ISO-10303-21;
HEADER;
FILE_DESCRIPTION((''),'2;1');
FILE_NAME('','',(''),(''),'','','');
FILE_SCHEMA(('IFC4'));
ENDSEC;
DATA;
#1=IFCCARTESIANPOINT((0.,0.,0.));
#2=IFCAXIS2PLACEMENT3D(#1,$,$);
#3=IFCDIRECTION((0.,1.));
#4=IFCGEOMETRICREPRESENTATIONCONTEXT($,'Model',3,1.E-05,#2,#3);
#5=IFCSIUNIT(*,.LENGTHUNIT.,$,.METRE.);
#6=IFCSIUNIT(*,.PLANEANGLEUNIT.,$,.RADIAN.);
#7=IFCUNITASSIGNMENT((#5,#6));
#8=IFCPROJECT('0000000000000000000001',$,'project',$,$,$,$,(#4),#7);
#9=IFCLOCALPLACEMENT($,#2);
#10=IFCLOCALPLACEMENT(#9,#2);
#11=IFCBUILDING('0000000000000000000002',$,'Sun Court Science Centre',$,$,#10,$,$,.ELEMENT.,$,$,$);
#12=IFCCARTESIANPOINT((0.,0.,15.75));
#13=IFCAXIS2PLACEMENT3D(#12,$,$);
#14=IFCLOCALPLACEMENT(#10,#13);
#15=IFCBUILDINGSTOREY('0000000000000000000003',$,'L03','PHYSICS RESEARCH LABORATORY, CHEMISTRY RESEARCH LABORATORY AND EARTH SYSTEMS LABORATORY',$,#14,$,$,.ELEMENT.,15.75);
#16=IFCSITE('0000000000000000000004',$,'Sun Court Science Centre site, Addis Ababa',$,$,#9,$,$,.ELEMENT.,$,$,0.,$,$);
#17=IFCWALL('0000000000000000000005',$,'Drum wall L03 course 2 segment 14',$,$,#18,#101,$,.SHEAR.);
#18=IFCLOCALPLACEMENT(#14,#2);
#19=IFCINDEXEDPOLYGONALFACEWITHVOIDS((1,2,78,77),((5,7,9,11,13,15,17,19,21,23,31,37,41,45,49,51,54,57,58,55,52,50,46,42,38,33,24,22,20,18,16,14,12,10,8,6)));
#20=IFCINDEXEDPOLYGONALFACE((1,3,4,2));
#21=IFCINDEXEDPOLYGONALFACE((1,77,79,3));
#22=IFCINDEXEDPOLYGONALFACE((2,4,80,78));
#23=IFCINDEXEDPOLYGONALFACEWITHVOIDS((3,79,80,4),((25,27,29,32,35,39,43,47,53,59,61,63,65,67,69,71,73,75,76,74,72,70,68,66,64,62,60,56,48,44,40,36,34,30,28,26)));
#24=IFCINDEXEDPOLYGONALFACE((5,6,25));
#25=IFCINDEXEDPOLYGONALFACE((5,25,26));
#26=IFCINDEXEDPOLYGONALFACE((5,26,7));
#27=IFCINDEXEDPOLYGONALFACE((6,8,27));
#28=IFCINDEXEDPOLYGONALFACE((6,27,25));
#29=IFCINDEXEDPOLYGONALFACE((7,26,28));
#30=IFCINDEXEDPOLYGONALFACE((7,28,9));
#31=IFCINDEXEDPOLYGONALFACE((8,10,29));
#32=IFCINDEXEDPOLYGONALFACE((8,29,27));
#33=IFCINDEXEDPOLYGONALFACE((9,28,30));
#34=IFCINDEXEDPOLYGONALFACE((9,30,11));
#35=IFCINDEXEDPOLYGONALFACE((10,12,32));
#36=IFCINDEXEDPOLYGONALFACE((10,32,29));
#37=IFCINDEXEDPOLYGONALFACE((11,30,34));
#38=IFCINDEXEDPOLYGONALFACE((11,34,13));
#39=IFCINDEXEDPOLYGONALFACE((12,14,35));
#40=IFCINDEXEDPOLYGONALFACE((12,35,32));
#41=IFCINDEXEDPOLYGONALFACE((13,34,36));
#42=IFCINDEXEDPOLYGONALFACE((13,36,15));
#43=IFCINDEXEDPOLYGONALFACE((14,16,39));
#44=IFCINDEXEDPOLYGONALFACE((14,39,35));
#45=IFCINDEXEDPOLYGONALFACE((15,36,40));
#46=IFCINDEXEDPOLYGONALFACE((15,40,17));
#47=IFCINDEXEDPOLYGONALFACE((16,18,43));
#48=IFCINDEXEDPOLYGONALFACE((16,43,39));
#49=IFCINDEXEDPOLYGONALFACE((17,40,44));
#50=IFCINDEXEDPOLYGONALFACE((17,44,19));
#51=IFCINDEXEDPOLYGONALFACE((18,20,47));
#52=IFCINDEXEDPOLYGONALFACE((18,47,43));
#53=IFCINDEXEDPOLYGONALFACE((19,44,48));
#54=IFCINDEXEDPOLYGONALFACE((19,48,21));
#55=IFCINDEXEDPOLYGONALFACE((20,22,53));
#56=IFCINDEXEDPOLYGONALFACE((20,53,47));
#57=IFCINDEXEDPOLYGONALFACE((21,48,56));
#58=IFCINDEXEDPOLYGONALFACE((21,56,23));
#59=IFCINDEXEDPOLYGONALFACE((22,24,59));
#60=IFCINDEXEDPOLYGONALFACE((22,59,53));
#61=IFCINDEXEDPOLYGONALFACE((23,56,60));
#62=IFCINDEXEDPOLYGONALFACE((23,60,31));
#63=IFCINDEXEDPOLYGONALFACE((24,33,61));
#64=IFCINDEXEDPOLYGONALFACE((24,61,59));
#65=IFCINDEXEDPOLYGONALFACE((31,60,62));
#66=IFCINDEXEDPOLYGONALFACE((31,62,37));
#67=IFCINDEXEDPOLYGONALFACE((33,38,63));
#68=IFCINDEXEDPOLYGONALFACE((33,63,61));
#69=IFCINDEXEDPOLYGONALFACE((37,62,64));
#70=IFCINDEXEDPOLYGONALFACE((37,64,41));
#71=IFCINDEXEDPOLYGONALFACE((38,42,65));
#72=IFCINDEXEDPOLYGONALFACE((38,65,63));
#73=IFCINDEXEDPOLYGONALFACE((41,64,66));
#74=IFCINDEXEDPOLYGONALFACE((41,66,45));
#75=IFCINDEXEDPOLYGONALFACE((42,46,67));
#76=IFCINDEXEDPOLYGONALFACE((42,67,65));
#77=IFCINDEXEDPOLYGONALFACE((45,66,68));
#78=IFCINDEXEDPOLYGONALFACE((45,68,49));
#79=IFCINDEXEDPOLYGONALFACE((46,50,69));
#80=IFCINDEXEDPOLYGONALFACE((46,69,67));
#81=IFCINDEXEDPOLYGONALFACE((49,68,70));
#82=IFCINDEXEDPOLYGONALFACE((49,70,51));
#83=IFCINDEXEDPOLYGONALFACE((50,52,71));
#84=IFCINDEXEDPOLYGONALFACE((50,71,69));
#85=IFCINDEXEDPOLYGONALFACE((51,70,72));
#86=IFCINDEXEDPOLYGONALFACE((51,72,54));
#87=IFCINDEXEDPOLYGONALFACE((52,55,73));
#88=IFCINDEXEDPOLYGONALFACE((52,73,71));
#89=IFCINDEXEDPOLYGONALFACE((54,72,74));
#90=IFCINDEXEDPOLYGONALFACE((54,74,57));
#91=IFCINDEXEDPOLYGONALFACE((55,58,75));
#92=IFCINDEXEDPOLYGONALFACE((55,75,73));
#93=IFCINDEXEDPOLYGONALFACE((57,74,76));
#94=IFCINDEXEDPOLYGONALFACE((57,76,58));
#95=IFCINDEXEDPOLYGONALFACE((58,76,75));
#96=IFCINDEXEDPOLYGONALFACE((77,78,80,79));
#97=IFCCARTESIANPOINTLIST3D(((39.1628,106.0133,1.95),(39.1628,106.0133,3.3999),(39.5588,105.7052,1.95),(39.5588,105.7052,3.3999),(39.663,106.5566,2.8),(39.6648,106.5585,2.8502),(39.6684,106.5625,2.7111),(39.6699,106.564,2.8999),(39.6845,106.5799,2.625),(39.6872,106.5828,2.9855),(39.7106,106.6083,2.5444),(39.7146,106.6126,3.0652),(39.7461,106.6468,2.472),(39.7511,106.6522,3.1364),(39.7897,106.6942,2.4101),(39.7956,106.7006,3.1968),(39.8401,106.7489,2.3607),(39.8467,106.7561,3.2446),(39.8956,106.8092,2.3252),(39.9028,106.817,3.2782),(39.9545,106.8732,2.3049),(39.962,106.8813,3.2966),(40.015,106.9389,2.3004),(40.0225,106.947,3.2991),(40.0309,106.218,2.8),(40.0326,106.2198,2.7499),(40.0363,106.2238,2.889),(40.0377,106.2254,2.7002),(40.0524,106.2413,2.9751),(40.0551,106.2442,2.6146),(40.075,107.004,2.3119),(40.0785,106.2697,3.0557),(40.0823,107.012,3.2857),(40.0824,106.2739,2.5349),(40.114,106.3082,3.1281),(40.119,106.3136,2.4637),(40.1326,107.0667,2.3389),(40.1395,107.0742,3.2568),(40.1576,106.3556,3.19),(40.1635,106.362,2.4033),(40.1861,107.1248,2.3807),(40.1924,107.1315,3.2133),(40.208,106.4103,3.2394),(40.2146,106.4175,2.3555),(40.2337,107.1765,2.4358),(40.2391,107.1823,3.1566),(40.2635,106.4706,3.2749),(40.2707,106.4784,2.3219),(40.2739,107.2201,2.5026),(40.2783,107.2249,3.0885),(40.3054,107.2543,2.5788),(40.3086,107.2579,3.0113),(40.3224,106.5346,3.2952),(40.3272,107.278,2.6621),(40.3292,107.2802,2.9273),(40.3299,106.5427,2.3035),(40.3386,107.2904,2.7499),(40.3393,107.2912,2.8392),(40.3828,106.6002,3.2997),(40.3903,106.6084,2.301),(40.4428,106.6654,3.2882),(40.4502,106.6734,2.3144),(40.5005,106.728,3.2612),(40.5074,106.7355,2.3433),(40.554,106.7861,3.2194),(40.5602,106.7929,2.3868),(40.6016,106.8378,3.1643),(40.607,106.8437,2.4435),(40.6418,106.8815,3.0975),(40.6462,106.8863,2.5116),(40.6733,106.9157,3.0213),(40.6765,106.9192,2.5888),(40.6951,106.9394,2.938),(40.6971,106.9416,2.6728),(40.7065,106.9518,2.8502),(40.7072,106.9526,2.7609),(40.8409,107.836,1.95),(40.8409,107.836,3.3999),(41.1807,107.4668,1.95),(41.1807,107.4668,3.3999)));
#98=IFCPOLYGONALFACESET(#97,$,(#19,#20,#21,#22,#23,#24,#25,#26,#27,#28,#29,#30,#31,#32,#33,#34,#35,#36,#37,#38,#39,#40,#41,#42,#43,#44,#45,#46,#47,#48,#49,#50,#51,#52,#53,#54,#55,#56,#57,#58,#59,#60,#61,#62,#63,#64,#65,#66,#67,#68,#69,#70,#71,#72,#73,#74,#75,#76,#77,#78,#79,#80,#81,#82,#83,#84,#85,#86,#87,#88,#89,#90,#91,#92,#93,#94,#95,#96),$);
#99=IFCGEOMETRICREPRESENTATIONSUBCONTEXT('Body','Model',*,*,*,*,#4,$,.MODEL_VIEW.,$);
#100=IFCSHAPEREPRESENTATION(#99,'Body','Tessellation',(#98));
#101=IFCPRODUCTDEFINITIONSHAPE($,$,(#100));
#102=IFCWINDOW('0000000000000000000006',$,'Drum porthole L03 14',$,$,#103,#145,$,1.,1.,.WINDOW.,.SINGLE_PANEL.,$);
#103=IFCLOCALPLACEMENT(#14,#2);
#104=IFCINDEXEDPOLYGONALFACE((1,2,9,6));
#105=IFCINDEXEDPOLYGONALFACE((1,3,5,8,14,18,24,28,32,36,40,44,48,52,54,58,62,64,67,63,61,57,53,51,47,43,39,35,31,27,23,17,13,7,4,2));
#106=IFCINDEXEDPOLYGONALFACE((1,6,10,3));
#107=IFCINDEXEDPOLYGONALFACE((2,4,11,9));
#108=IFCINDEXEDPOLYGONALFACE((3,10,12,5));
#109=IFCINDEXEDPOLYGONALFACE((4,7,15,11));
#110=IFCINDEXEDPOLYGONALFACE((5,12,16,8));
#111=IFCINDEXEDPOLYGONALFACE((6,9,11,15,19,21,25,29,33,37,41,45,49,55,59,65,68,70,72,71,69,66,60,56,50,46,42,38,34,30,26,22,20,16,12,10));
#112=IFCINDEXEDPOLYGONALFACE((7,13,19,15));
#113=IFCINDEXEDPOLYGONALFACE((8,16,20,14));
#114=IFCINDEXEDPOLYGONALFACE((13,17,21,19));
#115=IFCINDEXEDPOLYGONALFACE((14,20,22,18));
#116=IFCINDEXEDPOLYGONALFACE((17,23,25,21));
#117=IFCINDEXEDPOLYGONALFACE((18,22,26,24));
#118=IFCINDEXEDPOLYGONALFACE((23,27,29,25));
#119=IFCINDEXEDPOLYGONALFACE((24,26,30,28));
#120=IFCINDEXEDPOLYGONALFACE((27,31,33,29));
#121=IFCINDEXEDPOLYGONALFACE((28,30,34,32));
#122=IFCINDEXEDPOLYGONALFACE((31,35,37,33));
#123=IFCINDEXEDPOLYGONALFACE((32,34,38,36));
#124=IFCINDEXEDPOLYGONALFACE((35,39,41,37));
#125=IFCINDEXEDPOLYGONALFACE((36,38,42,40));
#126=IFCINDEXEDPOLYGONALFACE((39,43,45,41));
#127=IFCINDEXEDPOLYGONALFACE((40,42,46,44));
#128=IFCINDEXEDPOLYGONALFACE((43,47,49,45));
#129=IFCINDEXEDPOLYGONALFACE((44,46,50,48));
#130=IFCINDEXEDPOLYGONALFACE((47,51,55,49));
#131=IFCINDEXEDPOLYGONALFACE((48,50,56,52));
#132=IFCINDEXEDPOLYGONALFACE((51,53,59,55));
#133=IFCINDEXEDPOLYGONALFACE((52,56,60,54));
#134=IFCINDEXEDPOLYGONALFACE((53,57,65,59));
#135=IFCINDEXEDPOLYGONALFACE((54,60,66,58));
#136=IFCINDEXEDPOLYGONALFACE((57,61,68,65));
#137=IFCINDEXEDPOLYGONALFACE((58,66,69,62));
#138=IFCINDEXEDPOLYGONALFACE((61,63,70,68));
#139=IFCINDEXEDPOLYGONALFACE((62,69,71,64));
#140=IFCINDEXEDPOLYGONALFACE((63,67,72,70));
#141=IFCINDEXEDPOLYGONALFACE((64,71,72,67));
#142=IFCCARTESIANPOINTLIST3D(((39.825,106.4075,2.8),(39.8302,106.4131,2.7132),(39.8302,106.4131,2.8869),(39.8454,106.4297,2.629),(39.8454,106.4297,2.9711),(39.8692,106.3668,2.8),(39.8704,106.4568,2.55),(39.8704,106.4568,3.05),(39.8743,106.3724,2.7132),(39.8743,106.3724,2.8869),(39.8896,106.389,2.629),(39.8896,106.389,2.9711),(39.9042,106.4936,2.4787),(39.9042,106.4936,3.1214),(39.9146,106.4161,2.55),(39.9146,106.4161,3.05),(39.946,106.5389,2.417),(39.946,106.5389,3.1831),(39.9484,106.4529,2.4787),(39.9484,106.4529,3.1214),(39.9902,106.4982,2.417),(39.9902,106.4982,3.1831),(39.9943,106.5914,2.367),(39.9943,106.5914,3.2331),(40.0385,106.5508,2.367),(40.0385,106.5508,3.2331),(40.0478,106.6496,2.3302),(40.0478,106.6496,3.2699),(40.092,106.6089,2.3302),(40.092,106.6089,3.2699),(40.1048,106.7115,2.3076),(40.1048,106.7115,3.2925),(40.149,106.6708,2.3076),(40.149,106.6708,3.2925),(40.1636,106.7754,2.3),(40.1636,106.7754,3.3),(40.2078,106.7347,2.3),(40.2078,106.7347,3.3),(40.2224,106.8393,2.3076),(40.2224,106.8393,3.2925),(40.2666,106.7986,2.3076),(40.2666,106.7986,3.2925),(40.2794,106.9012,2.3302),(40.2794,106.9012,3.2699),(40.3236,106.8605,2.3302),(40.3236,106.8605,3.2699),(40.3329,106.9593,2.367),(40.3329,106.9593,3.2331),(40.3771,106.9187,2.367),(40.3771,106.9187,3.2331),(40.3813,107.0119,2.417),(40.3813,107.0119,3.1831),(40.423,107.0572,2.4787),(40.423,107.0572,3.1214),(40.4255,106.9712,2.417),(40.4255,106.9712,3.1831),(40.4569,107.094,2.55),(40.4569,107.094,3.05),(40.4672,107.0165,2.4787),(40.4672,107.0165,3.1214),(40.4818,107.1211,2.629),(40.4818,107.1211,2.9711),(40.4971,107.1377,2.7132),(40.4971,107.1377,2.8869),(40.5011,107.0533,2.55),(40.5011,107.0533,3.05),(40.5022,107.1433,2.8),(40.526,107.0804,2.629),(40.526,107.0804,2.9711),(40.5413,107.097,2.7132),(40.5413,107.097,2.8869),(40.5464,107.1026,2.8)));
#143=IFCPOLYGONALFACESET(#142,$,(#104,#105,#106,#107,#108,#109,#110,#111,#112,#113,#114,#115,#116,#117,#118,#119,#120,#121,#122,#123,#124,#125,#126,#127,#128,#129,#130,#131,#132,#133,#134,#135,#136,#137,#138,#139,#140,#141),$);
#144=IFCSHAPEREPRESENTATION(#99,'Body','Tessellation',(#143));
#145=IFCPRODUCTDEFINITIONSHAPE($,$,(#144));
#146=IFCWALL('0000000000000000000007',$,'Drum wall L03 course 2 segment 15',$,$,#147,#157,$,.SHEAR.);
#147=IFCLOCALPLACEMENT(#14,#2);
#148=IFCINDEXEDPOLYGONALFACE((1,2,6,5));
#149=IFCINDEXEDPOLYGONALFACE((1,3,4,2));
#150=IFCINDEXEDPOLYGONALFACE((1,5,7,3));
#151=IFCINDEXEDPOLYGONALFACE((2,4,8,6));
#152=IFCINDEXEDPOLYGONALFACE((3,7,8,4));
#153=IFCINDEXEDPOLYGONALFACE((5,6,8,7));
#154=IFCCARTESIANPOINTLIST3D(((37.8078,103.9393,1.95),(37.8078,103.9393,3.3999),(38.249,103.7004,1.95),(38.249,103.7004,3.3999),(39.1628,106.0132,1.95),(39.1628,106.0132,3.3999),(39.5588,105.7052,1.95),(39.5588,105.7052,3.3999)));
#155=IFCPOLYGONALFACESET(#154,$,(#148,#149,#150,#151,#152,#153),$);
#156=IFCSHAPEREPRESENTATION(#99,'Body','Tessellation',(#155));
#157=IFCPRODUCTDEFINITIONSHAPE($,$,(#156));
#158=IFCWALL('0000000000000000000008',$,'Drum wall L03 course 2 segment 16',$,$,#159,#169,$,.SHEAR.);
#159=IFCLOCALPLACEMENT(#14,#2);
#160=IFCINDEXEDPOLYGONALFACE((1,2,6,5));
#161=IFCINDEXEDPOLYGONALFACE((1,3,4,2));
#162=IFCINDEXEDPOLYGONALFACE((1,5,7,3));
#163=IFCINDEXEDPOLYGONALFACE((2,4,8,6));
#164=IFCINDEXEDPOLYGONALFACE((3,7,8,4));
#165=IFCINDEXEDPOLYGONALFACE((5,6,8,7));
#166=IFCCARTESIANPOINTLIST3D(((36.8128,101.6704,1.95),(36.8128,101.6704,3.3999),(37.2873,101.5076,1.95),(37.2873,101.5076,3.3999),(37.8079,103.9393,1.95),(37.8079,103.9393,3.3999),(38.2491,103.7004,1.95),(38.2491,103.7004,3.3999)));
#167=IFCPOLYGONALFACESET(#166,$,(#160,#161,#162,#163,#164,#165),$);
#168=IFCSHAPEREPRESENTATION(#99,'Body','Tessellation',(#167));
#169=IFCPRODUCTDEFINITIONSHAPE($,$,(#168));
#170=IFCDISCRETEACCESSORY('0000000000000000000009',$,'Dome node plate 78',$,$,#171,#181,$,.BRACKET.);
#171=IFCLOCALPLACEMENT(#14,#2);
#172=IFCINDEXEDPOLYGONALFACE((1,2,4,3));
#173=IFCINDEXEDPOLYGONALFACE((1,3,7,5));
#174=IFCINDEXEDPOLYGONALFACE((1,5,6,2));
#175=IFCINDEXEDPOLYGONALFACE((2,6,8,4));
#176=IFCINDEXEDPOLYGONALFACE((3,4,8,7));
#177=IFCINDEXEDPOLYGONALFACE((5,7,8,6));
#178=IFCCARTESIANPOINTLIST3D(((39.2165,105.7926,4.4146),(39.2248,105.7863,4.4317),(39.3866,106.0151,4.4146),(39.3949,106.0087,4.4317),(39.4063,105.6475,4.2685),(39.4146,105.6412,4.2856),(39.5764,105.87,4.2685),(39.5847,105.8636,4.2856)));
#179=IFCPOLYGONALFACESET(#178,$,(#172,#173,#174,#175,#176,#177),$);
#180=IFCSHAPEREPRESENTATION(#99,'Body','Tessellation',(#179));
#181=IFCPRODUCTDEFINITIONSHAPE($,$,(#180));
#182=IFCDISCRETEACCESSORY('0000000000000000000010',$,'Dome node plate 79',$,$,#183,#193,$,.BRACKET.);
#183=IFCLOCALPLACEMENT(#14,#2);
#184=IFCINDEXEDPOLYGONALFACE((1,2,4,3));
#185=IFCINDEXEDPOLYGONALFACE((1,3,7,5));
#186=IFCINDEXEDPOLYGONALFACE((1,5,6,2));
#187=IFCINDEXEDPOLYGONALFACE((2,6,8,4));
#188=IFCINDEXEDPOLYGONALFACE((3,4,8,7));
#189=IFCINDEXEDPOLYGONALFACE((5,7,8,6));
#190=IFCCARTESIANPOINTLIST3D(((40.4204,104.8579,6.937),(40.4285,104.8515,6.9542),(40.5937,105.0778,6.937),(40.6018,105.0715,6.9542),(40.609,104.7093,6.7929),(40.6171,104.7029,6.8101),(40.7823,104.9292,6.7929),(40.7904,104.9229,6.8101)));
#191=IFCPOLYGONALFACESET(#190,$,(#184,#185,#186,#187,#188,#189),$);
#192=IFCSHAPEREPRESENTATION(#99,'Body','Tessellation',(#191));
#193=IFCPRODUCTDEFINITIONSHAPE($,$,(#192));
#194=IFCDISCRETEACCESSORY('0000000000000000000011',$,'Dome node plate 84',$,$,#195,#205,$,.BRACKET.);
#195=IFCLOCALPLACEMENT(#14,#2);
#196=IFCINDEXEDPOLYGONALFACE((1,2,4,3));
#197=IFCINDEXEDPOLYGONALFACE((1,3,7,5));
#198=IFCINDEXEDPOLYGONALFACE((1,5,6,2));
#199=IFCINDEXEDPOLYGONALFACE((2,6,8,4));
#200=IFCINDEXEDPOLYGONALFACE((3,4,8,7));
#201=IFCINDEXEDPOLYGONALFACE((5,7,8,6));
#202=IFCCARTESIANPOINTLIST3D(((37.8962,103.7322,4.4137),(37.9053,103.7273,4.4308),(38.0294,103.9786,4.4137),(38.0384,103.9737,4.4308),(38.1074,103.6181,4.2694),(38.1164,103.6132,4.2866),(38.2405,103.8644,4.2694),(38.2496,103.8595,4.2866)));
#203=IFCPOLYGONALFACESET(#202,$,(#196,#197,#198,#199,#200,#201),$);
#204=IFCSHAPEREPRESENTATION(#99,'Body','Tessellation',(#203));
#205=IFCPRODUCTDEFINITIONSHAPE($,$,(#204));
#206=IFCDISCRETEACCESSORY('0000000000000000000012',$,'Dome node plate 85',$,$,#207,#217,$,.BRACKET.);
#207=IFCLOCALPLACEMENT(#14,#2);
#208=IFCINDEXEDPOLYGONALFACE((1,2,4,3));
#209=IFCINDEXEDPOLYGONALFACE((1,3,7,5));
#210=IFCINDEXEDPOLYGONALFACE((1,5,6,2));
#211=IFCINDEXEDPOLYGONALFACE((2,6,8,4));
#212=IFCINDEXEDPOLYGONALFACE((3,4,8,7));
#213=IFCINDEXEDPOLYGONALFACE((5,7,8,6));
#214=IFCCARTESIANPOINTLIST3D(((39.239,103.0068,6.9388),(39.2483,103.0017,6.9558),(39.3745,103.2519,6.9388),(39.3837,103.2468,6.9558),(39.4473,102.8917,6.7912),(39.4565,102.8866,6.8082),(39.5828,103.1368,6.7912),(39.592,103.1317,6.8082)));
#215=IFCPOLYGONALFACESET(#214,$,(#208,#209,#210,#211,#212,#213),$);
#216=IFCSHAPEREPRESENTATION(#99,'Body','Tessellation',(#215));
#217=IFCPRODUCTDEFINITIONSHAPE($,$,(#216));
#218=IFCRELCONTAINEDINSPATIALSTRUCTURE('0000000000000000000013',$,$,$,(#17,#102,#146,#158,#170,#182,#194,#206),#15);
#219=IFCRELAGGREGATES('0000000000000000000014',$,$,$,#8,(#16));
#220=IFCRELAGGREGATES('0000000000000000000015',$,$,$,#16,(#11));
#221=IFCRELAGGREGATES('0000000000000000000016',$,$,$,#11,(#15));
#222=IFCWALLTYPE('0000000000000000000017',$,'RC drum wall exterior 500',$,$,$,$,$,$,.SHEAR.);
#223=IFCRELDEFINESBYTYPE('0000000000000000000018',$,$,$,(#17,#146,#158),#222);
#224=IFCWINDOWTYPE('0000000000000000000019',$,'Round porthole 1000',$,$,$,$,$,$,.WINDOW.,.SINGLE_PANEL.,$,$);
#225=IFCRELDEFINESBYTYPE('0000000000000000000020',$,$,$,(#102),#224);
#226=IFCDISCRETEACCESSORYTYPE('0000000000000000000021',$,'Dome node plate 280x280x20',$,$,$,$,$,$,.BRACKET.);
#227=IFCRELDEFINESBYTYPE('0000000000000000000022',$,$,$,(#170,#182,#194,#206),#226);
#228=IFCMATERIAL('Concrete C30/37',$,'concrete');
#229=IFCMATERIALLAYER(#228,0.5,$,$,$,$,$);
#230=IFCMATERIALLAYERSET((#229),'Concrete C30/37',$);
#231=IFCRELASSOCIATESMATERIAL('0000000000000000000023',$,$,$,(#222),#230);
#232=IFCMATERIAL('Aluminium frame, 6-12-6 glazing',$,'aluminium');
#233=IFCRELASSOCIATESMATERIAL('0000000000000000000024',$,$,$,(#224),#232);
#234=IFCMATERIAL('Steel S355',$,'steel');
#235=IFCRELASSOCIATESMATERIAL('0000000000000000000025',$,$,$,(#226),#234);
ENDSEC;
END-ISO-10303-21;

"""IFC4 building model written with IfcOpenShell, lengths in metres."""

from ifc_helpers import new_model, si_unit, direction, frame, frame_2d, origin, origin_2d, place, context, subcontext, project, spatial, polyline, rectangle, circle, outline, extrude, material, layer, layer_set, material_profile, profile_set, type_object, element, fill, save


model = new_model("IFC4")

# Units and contexts
model_context = context("Model", 3, precision=1e-05, world=origin(), true_north=direction((0.0, 1.0)))
body_context = subcontext(model_context, "Body", "Model", "MODEL_VIEW")
ifc_project = project(units=[si_unit("LENGTHUNIT", "METRE"), si_unit("PLANEANGLEUNIT", "RADIAN")], contexts=[model_context])

# Site, building, storey
site_placement = place(None, origin())
site = spatial("IfcSite", under=ifc_project, at=site_placement, Name="Sun Court Science Centre site, Addis Ababa", CompositionType="ELEMENT", RefElevation=0.0)
building_placement = place(site_placement, origin())
building = spatial("IfcBuilding", under=site, at=building_placement, Name="Sun Court Science Centre", CompositionType="ELEMENT")
storey_placement = place(building_placement, frame((0.0, 0.0, 15.75)))
storey = spatial("IfcBuildingStorey", under=building, at=storey_placement, Name="L03", Description="PHYSICS RESEARCH LABORATORY, CHEMISTRY RESEARCH LABORATORY AND EARTH SYSTEMS LABORATORY", CompositionType="ELEMENT", Elevation=15.75)

# Wall, opening, window
ifc_material_1 = material(Name="Concrete C30/37", Category="concrete")
ifc_layer_1 = layer(ifc_material_1, 0.5)
ifc_layer_set_1 = layer_set([ifc_layer_1], Name="Concrete C30/37")
wall_type_1 = type_object("IfcWallType", Name="RC drum wall exterior 500", PredefinedType="SHEAR", material=ifc_layer_set_1)
wall_1_placement = place(storey_placement, frame((41.0247, 107.6665, 1.95), z_axis=(0.0, 0.0, 1.0), x_axis=(-0.677232, -0.73577, 0.0)))
wall_1 = element("IfcWall", 1, at=wall_1_placement, inside=storey, type_object=wall_type_1, Name="Drum wall L03 course 2 segment 14", PredefinedType="SHEAR", context=body_context, shape_type="SweptSolid", body=[
    extrude(outline(polyline([(-0.0002, -0.25), (2.4773, -0.2502), (2.4358, 0.2498), (0.0413, 0.25), (-0.0002, -0.25)])), origin(), (0.0, 0.0, 1.0), 1.45),
])
opening_placement = place(wall_1_placement, frame((0.7388, 0.0, 0.3501)))
opening = element("IfcOpeningElement", 2, at=opening_placement, cuts=wall_1, PredefinedType="OPENING", context=body_context, shape_type="SweptSolid", body=[
    extrude(circle(Radius=0.5, at=frame_2d((0.5, 0.5))), frame((0.0, 0.26, 0.0), z_axis=(0.0, -1.0, 0.0), x_axis=(1.0, 0.0, 0.0)), (0.0, 0.0, 1.0), 0.52),
])
ifc_material_2 = material(Name="Aluminium frame, 6-12-6 glazing", Category="aluminium")
window_type = type_object("IfcWindowType", Name="Round porthole 1000", PartitioningType="SINGLE_PANEL", PredefinedType="WINDOW", material=ifc_material_2)
window_placement = place(opening_placement, origin())
window = element("IfcWindow", 3, at=window_placement, inside=storey, type_object=window_type, Name="Drum porthole L03 14", OverallHeight=1.0, OverallWidth=1.0, PartitioningType="SINGLE_PANEL", PredefinedType="WINDOW", context=body_context, shape_type="SweptSolid", body=[
    extrude(circle(Radius=0.5, at=frame_2d((0.5, 0.5))), frame((0.0, 0.03, 0.0), z_axis=(0.0, -1.0, 0.0), x_axis=(1.0, 0.0, 0.0)), (0.0, 0.0, 1.0), 0.0601),
])
fill(opening, window)

# Walls
wall_2_placement = place(storey_placement, frame((39.3721, 105.8765, 1.95), z_axis=(0.0, 0.0, 1.0), x_axis=(-0.546944, -0.837169, 0.0)))
element("IfcWall", 4, at=wall_2_placement, inside=storey, type_object=wall_type_1, Name="Drum wall L03 course 2 segment 15", PredefinedType="SHEAR", context=body_context, shape_type="SweptSolid", body=[
    extrude(outline(polyline([(0.0, -0.25), (2.4773, -0.25), (2.436, 0.25), (0.0413, 0.25), (0.0, -0.25)])), origin(), (0.0, 0.0, 1.0), 1.45),
])
wall_3_placement = place(storey_placement, frame((38.0369, 103.8389, 1.95), z_axis=(0.0, 0.0, 1.0), x_axis=(-0.401672, -0.915784, 0.0)))
element("IfcWall", 5, at=wall_3_placement, inside=storey, type_object=wall_type_1, Name="Drum wall L03 course 2 segment 16", PredefinedType="SHEAR", context=body_context, shape_type="SweptSolid", body=[
    extrude(outline(polyline([(0.0, -0.25), (2.4775, -0.25), (2.436, 0.25), (0.0415, 0.25), (0.0, -0.25)])), origin(), (0.0, 0.0, 1.0), 1.45),
])

# Discrete accessories
ifc_material_3 = material(Name="Steel S355", Category="steel")
ifc_material_profile_1 = material_profile(ifc_material_3, rectangle(XDim=0.28, YDim=0.28, at=origin_2d()), Name="PL 280x280")
ifc_profile_set_1 = profile_set([ifc_material_profile_1], Name="Steel S355")
discrete_accessory_type = type_object("IfcDiscreteAccessoryType", Name="Dome node plate 280x280x20", PredefinedType="BRACKET", material=ifc_profile_set_1)
for number, where, z_axis, x_axis, name in (
    (6, (39.3965, 105.8313, 4.3416), (0.414388, -0.316885, 0.853151), (0.60745, 0.794358, 0.0), "Dome node plate 78"),
    (7, (40.6013, 104.8936, 6.865), (0.404216, -0.318473, 0.857429), (0.618872, 0.785492, 0.0), "Dome node plate 79"),
    (8, (38.0684, 103.7983, 4.3416), (0.453076, -0.244906, 0.857171), (0.475517, 0.879707, 0.0), "Dome node plate 84"),
    (9, (39.4109, 103.0718, 6.865), (0.461327, -0.254944, 0.849812), (0.483686, 0.875242, 0.0), "Dome node plate 85"),
):
    element("IfcDiscreteAccessory", number, at=place(storey_placement, frame(where, z_axis=z_axis, x_axis=x_axis)), inside=storey, type_object=discrete_accessory_type, Name=name, PredefinedType="BRACKET", context=body_context, shape_type="SweptSolid", body=[
        extrude(rectangle(XDim=0.28, YDim=0.28, at=origin_2d()), origin(), (0.0, 0.0, 1.0), 0.02),
    ])

save(model, "model.ifc")
